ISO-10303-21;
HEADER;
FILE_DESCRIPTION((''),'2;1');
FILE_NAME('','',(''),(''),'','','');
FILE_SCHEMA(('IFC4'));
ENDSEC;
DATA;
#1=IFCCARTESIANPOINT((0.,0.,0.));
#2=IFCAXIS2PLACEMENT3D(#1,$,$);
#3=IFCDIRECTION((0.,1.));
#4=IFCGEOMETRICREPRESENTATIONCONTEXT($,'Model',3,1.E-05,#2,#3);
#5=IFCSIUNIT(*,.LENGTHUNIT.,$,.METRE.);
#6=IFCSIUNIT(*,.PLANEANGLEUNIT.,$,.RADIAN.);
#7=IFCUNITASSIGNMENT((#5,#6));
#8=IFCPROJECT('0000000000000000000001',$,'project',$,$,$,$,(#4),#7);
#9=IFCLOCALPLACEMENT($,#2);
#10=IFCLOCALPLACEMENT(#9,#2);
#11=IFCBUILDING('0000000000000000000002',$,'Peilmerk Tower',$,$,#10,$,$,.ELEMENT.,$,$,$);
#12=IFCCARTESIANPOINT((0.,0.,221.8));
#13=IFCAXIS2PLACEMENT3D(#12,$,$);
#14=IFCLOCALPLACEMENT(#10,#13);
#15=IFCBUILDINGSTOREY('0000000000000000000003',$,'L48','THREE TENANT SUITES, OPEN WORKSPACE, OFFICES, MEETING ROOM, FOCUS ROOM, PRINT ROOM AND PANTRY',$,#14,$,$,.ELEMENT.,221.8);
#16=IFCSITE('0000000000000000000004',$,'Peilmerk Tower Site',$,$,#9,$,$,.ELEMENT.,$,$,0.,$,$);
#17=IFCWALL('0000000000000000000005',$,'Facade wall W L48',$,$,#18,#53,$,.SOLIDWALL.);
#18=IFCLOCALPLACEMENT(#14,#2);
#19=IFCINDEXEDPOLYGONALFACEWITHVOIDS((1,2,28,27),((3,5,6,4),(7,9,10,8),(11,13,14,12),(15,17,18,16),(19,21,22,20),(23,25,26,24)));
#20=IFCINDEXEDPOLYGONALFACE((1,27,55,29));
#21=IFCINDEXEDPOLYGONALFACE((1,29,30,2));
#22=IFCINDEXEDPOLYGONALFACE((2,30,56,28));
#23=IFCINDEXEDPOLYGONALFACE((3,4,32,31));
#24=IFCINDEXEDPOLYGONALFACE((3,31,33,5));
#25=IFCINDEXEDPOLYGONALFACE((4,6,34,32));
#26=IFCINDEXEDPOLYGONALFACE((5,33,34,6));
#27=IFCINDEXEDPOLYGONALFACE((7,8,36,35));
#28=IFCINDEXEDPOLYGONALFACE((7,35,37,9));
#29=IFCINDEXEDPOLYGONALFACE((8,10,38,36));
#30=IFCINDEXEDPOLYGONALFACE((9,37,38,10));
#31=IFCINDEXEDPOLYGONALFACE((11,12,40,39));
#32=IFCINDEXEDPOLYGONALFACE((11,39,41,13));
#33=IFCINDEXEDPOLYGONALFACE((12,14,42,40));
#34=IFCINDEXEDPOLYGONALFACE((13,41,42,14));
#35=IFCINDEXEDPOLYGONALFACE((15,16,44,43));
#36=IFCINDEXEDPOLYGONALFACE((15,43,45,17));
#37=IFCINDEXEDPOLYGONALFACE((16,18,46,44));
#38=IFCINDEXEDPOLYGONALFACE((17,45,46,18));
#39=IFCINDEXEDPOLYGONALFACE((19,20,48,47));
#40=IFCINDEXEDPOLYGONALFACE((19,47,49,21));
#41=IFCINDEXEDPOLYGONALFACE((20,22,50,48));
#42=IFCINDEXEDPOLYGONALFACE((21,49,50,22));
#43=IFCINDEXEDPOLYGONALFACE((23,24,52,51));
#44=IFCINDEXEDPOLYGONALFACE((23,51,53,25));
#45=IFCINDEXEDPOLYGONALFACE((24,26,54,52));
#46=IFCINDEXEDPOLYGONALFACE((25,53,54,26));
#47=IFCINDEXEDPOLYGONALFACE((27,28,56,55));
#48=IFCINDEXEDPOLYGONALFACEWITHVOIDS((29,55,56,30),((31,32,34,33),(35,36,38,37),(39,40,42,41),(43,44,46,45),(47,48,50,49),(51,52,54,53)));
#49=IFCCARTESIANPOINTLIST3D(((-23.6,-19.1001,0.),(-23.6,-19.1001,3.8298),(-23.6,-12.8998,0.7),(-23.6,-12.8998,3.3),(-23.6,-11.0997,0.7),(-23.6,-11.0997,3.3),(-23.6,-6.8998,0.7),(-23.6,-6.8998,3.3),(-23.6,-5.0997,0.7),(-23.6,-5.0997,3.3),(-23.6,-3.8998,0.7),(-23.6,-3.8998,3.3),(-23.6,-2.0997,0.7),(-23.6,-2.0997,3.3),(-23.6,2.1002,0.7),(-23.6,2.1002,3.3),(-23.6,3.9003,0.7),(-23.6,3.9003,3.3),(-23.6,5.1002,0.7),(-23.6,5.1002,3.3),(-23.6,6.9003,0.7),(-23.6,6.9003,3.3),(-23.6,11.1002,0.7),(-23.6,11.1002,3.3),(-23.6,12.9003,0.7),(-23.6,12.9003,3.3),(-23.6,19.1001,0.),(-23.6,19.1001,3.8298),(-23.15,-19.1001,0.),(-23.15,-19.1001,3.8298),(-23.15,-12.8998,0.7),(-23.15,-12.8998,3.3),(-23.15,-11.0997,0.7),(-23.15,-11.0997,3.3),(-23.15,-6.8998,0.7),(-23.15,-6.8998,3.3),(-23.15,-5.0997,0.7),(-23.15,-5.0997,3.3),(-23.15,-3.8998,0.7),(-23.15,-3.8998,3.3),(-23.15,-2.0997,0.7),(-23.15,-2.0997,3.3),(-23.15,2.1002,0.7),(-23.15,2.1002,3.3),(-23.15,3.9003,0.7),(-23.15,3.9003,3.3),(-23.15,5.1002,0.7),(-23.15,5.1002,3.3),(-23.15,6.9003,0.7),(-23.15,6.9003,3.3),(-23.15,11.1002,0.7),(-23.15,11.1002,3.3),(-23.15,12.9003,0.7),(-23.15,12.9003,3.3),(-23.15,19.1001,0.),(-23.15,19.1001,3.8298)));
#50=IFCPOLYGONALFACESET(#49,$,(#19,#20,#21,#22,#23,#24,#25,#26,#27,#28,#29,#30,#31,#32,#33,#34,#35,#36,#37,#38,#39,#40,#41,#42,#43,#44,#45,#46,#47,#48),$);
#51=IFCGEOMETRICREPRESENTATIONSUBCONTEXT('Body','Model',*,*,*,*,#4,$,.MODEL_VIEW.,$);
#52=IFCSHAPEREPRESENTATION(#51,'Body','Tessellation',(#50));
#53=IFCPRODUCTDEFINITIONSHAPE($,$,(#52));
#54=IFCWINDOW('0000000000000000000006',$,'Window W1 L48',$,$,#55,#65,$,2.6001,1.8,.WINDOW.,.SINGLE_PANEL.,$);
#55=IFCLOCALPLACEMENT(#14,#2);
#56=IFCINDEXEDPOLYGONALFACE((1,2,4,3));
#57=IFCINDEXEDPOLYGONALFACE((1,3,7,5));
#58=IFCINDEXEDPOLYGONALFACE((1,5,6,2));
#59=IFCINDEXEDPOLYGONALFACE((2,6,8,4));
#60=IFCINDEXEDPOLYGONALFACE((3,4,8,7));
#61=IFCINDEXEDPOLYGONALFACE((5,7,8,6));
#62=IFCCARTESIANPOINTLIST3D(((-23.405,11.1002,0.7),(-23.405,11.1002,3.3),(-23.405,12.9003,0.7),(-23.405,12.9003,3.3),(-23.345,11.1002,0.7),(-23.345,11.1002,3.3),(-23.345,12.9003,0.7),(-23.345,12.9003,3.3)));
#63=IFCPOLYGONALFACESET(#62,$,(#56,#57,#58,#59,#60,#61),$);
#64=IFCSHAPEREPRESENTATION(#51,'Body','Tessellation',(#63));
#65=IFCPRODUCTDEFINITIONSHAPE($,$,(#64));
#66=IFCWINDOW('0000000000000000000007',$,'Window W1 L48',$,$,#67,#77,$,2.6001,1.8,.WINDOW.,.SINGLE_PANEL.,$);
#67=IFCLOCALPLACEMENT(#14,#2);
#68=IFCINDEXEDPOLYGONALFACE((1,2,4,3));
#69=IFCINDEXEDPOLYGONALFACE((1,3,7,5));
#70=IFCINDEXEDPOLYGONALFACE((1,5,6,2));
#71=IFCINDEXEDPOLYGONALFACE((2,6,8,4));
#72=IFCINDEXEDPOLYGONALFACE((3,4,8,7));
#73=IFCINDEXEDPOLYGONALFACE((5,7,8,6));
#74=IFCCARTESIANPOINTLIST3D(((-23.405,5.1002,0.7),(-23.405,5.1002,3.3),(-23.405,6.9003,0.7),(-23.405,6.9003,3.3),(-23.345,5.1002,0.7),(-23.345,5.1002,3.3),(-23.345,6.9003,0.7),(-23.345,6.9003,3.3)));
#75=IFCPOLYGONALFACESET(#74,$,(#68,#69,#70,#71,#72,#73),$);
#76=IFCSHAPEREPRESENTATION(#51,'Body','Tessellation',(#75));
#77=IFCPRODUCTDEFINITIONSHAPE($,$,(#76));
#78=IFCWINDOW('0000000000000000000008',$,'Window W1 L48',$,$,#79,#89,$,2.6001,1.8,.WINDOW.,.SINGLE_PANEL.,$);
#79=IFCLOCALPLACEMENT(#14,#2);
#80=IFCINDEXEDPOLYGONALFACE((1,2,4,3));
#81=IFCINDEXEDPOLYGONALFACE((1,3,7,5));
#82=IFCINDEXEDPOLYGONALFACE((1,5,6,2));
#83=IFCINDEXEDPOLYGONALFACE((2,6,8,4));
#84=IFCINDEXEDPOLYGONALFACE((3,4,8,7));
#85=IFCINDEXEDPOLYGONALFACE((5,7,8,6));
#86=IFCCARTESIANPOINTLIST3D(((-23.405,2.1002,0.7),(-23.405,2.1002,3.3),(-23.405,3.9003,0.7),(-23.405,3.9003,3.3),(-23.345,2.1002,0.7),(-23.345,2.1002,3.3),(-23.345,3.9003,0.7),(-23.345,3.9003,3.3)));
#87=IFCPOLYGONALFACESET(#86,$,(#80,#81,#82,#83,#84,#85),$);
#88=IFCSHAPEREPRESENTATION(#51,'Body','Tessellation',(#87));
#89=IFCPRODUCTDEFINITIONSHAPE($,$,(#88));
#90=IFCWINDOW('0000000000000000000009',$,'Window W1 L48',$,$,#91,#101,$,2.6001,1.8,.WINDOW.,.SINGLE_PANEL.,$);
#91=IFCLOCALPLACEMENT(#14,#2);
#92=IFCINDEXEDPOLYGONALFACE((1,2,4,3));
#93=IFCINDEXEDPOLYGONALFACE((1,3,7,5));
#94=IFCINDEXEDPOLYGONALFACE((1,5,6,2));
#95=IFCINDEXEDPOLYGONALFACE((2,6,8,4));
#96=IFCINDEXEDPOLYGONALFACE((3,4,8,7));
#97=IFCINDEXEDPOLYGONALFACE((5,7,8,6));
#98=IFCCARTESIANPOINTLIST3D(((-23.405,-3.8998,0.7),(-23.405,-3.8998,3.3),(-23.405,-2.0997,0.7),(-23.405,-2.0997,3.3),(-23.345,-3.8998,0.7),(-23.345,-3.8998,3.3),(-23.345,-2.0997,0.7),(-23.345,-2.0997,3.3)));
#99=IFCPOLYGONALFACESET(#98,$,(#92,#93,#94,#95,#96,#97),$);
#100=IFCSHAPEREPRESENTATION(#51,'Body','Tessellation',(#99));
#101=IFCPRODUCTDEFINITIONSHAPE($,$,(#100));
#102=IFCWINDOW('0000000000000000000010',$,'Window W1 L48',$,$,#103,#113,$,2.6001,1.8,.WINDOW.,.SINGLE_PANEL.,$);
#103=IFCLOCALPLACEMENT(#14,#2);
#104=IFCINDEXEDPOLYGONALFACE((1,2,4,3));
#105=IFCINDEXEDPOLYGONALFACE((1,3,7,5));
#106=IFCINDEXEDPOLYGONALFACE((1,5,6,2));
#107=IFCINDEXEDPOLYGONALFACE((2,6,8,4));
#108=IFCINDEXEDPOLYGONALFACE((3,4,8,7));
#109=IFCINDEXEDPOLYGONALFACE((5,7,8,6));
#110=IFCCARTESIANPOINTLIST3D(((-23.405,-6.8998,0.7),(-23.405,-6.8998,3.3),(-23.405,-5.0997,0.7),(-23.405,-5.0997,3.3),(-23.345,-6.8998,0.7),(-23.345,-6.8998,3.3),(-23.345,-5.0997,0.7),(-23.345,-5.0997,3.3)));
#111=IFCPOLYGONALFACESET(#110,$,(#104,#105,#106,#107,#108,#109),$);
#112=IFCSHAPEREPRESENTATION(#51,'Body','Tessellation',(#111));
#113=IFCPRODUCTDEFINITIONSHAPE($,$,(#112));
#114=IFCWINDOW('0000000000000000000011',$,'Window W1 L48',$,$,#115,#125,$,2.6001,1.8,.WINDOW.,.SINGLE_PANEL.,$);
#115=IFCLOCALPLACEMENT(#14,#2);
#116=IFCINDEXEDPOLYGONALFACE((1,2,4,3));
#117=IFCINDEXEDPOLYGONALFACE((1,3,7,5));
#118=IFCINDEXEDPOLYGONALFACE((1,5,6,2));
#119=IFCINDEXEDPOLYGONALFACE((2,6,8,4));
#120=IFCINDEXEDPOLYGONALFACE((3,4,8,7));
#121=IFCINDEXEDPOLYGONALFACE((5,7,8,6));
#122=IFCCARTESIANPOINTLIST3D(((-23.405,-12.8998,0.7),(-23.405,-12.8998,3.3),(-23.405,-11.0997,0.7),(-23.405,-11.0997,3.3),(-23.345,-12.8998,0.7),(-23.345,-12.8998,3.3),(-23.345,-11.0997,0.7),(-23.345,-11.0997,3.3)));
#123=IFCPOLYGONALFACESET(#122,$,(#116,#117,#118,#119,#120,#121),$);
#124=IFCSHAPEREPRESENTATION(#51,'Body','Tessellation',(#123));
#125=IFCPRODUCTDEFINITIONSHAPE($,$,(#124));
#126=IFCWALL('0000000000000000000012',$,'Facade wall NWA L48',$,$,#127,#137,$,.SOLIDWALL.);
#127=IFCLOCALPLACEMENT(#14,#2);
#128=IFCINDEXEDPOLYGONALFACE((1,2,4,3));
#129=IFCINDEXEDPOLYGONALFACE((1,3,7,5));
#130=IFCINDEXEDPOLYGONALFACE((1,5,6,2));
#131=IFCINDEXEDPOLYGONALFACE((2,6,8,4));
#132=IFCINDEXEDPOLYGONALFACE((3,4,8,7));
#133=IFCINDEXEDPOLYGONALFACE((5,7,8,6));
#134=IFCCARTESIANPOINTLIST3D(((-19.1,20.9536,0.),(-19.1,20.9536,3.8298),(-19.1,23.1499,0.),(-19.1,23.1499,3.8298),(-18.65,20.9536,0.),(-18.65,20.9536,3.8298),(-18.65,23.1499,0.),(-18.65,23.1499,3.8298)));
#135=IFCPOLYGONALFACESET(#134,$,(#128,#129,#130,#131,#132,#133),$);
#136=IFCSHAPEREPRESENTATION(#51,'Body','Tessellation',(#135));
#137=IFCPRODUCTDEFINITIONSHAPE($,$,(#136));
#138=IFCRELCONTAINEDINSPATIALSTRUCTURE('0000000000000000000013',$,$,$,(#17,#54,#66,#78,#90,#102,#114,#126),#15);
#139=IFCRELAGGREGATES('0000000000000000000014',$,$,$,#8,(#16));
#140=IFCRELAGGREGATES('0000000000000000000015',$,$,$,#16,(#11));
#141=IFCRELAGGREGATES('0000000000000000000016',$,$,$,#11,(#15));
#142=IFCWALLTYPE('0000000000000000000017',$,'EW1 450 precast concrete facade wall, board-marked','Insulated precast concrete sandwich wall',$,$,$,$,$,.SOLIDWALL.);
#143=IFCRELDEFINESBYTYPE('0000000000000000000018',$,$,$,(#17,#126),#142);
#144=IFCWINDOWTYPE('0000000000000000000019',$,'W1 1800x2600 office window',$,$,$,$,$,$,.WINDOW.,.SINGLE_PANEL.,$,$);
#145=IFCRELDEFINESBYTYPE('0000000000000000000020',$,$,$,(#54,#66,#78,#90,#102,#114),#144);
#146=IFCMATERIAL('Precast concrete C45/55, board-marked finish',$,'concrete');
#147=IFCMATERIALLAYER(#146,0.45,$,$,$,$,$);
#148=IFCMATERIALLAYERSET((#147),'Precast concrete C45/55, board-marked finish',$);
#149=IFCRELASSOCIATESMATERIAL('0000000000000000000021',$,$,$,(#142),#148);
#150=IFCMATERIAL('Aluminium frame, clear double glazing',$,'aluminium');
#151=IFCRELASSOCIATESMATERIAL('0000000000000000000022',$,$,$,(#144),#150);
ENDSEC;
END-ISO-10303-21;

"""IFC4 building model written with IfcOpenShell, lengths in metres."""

from ifc_helpers import new_model, si_unit, direction, frame, frame_2d, origin, place, context, subcontext, project, spatial, rectangle, extrude, material, layer, layer_set, type_object, element, fill, save


model = new_model("IFC4")

# Units and contexts
model_context = context("Model", 3, precision=1e-05, world=origin(), true_north=direction((0.0, 1.0)))
body_context = subcontext(model_context, "Body", "Model", "MODEL_VIEW")
ifc_project = project(units=[si_unit("LENGTHUNIT", "METRE"), si_unit("PLANEANGLEUNIT", "RADIAN")], contexts=[model_context])

# Site, building, storey
site_placement = place(None, origin())
site = spatial("IfcSite", under=ifc_project, at=site_placement, Name="Peilmerk Tower Site", CompositionType="ELEMENT", RefElevation=0.0)
building_placement = place(site_placement, origin())
building = spatial("IfcBuilding", under=site, at=building_placement, Name="Peilmerk Tower", CompositionType="ELEMENT")
storey_placement = place(building_placement, frame((0.0, 0.0, 221.8)))
storey = spatial("IfcBuildingStorey", under=building, at=storey_placement, Name="L48", Description="THREE TENANT SUITES, OPEN WORKSPACE, OFFICES, MEETING ROOM, FOCUS ROOM, PRINT ROOM AND PANTRY", CompositionType="ELEMENT", Elevation=221.8)

# Wall, openings, windows
ifc_material_1 = material(Name="Precast concrete C45/55, board-marked finish", Category="concrete")
ifc_layer_1 = layer(ifc_material_1, 0.45)
ifc_layer_set_1 = layer_set([ifc_layer_1], Name="Precast concrete C45/55, board-marked finish")
wall_type = type_object("IfcWallType", Name="EW1 450 precast concrete facade wall, board-marked", Description="Insulated precast concrete sandwich wall", PredefinedType="SOLIDWALL", material=ifc_layer_set_1)
wall_1_placement = place(storey_placement, frame((-23.375, 19.1001, 0.0), z_axis=(0.0, 0.0, 1.0), x_axis=(0.0, -1.0, 0.0)))
wall_1 = element("IfcWall", 1, at=wall_1_placement, inside=storey, type_object=wall_type, Name="Facade wall W L48", PredefinedType="SOLIDWALL", context=body_context, shape_type="SweptSolid", body=[
    extrude(rectangle(XDim=38.2002, YDim=0.45, at=frame_2d((19.1001, 0.0))), origin(), (0.0, 0.0, 1.0), 3.8298),
])
opening_1_placement = place(wall_1_placement, frame((6.2, 0.0, 0.7)))
opening_1 = element("IfcOpeningElement", 2, at=opening_1_placement, cuts=wall_1, PredefinedType="OPENING", context=body_context, shape_type="SweptSolid", body=[
    extrude(rectangle(XDim=1.8, YDim=2.6001, at=frame_2d((0.8999, 1.3))), frame((0.0, 0.2349, 0.0), z_axis=(0.0, -1.0, 0.0), x_axis=(1.0, 0.0, 0.0)), (0.0, 0.0, 1.0), 0.47),
])
opening_2_placement = place(wall_1_placement, frame((12.2, 0.0, 0.7)))
opening_2 = element("IfcOpeningElement", 3, at=opening_2_placement, cuts=wall_1, PredefinedType="OPENING", context=body_context, shape_type="SweptSolid", body=[
    extrude(rectangle(XDim=1.8, YDim=2.6001, at=frame_2d((0.8999, 1.3))), frame((0.0, 0.2349, 0.0), z_axis=(0.0, -1.0, 0.0), x_axis=(1.0, 0.0, 0.0)), (0.0, 0.0, 1.0), 0.47),
])
opening_3_placement = place(wall_1_placement, frame((15.2, 0.0, 0.7)))
opening_3 = element("IfcOpeningElement", 4, at=opening_3_placement, cuts=wall_1, PredefinedType="OPENING", context=body_context, shape_type="SweptSolid", body=[
    extrude(rectangle(XDim=1.8, YDim=2.6001, at=frame_2d((0.8999, 1.3))), frame((0.0, 0.2349, 0.0), z_axis=(0.0, -1.0, 0.0), x_axis=(1.0, 0.0, 0.0)), (0.0, 0.0, 1.0), 0.47),
])
opening_4_placement = place(wall_1_placement, frame((21.2, 0.0, 0.7)))
opening_4 = element("IfcOpeningElement", 5, at=opening_4_placement, cuts=wall_1, PredefinedType="OPENING", context=body_context, shape_type="SweptSolid", body=[
    extrude(rectangle(XDim=1.8, YDim=2.6001, at=frame_2d((0.8999, 1.3))), frame((0.0, 0.2349, 0.0), z_axis=(0.0, -1.0, 0.0), x_axis=(1.0, 0.0, 0.0)), (0.0, 0.0, 1.0), 0.47),
])
opening_5_placement = place(wall_1_placement, frame((24.2, 0.0, 0.7)))
opening_5 = element("IfcOpeningElement", 6, at=opening_5_placement, cuts=wall_1, PredefinedType="OPENING", context=body_context, shape_type="SweptSolid", body=[
    extrude(rectangle(XDim=1.8, YDim=2.6001, at=frame_2d((0.8999, 1.3))), frame((0.0, 0.2349, 0.0), z_axis=(0.0, -1.0, 0.0), x_axis=(1.0, 0.0, 0.0)), (0.0, 0.0, 1.0), 0.47),
])
opening_6_placement = place(wall_1_placement, frame((30.2, 0.0, 0.7)))
opening_6 = element("IfcOpeningElement", 7, at=opening_6_placement, cuts=wall_1, PredefinedType="OPENING", context=body_context, shape_type="SweptSolid", body=[
    extrude(rectangle(XDim=1.8, YDim=2.6001, at=frame_2d((0.8999, 1.3))), frame((0.0, 0.2349, 0.0), z_axis=(0.0, -1.0, 0.0), x_axis=(1.0, 0.0, 0.0)), (0.0, 0.0, 1.0), 0.47),
])
ifc_material_2 = material(Name="Aluminium frame, clear double glazing", Category="aluminium")
window_type = type_object("IfcWindowType", Name="W1 1800x2600 office window", PartitioningType="SINGLE_PANEL", PredefinedType="WINDOW", material=ifc_material_2)
window_1_placement = place(opening_1_placement, origin())
window_1 = element("IfcWindow", 8, at=window_1_placement, inside=storey, type_object=window_type, Name="Window W1 L48", OverallHeight=2.6001, OverallWidth=1.8, PartitioningType="SINGLE_PANEL", PredefinedType="WINDOW", context=body_context, shape_type="SweptSolid", body=[
    extrude(rectangle(XDim=1.8, YDim=2.6001, at=frame_2d((0.8999, 1.3))), frame((0.0, 0.03, 0.0), z_axis=(0.0, -1.0, 0.0), x_axis=(1.0, 0.0, 0.0)), (0.0, 0.0, 1.0), 0.0601),
])
fill(opening_1, window_1)
window_2_placement = place(opening_2_placement, origin())
window_2 = element("IfcWindow", 9, at=window_2_placement, inside=storey, type_object=window_type, Name="Window W1 L48", OverallHeight=2.6001, OverallWidth=1.8, PartitioningType="SINGLE_PANEL", PredefinedType="WINDOW", context=body_context, shape_type="SweptSolid", body=[
    extrude(rectangle(XDim=1.8, YDim=2.6001, at=frame_2d((0.8999, 1.3))), frame((0.0, 0.03, 0.0), z_axis=(0.0, -1.0, 0.0), x_axis=(1.0, 0.0, 0.0)), (0.0, 0.0, 1.0), 0.0601),
])
fill(opening_2, window_2)
window_3_placement = place(opening_3_placement, origin())
window_3 = element("IfcWindow", 10, at=window_3_placement, inside=storey, type_object=window_type, Name="Window W1 L48", OverallHeight=2.6001, OverallWidth=1.8, PartitioningType="SINGLE_PANEL", PredefinedType="WINDOW", context=body_context, shape_type="SweptSolid", body=[
    extrude(rectangle(XDim=1.8, YDim=2.6001, at=frame_2d((0.8999, 1.3))), frame((0.0, 0.03, 0.0), z_axis=(0.0, -1.0, 0.0), x_axis=(1.0, 0.0, 0.0)), (0.0, 0.0, 1.0), 0.0601),
])
fill(opening_3, window_3)
window_4_placement = place(opening_4_placement, origin())
window_4 = element("IfcWindow", 11, at=window_4_placement, inside=storey, type_object=window_type, Name="Window W1 L48", OverallHeight=2.6001, OverallWidth=1.8, PartitioningType="SINGLE_PANEL", PredefinedType="WINDOW", context=body_context, shape_type="SweptSolid", body=[
    extrude(rectangle(XDim=1.8, YDim=2.6001, at=frame_2d((0.8999, 1.3))), frame((0.0, 0.03, 0.0), z_axis=(0.0, -1.0, 0.0), x_axis=(1.0, 0.0, 0.0)), (0.0, 0.0, 1.0), 0.0601),
])
fill(opening_4, window_4)
window_5_placement = place(opening_5_placement, origin())
window_5 = element("IfcWindow", 12, at=window_5_placement, inside=storey, type_object=window_type, Name="Window W1 L48", OverallHeight=2.6001, OverallWidth=1.8, PartitioningType="SINGLE_PANEL", PredefinedType="WINDOW", context=body_context, shape_type="SweptSolid", body=[
    extrude(rectangle(XDim=1.8, YDim=2.6001, at=frame_2d((0.8999, 1.3))), frame((0.0, 0.03, 0.0), z_axis=(0.0, -1.0, 0.0), x_axis=(1.0, 0.0, 0.0)), (0.0, 0.0, 1.0), 0.0601),
])
fill(opening_5, window_5)
window_6_placement = place(opening_6_placement, origin())
window_6 = element("IfcWindow", 13, at=window_6_placement, inside=storey, type_object=window_type, Name="Window W1 L48", OverallHeight=2.6001, OverallWidth=1.8, PartitioningType="SINGLE_PANEL", PredefinedType="WINDOW", context=body_context, shape_type="SweptSolid", body=[
    extrude(rectangle(XDim=1.8, YDim=2.6001, at=frame_2d((0.8999, 1.3))), frame((0.0, 0.03, 0.0), z_axis=(0.0, -1.0, 0.0), x_axis=(1.0, 0.0, 0.0)), (0.0, 0.0, 1.0), 0.0601),
])
fill(opening_6, window_6)

# Wall
wall_2_placement = place(storey_placement, frame((-18.875, 20.9536, 0.0), z_axis=(0.0, 0.0, 1.0), x_axis=(0.0, 1.0, 0.0)))
element("IfcWall", 14, at=wall_2_placement, inside=storey, type_object=wall_type, Name="Facade wall NWA L48", PredefinedType="SOLIDWALL", context=body_context, shape_type="SweptSolid", body=[
    extrude(rectangle(XDim=2.1963, YDim=0.45, at=frame_2d((1.0981, 0.0))), origin(), (0.0, 0.0, 1.0), 3.8298),
])

save(model, "model.ifc")
